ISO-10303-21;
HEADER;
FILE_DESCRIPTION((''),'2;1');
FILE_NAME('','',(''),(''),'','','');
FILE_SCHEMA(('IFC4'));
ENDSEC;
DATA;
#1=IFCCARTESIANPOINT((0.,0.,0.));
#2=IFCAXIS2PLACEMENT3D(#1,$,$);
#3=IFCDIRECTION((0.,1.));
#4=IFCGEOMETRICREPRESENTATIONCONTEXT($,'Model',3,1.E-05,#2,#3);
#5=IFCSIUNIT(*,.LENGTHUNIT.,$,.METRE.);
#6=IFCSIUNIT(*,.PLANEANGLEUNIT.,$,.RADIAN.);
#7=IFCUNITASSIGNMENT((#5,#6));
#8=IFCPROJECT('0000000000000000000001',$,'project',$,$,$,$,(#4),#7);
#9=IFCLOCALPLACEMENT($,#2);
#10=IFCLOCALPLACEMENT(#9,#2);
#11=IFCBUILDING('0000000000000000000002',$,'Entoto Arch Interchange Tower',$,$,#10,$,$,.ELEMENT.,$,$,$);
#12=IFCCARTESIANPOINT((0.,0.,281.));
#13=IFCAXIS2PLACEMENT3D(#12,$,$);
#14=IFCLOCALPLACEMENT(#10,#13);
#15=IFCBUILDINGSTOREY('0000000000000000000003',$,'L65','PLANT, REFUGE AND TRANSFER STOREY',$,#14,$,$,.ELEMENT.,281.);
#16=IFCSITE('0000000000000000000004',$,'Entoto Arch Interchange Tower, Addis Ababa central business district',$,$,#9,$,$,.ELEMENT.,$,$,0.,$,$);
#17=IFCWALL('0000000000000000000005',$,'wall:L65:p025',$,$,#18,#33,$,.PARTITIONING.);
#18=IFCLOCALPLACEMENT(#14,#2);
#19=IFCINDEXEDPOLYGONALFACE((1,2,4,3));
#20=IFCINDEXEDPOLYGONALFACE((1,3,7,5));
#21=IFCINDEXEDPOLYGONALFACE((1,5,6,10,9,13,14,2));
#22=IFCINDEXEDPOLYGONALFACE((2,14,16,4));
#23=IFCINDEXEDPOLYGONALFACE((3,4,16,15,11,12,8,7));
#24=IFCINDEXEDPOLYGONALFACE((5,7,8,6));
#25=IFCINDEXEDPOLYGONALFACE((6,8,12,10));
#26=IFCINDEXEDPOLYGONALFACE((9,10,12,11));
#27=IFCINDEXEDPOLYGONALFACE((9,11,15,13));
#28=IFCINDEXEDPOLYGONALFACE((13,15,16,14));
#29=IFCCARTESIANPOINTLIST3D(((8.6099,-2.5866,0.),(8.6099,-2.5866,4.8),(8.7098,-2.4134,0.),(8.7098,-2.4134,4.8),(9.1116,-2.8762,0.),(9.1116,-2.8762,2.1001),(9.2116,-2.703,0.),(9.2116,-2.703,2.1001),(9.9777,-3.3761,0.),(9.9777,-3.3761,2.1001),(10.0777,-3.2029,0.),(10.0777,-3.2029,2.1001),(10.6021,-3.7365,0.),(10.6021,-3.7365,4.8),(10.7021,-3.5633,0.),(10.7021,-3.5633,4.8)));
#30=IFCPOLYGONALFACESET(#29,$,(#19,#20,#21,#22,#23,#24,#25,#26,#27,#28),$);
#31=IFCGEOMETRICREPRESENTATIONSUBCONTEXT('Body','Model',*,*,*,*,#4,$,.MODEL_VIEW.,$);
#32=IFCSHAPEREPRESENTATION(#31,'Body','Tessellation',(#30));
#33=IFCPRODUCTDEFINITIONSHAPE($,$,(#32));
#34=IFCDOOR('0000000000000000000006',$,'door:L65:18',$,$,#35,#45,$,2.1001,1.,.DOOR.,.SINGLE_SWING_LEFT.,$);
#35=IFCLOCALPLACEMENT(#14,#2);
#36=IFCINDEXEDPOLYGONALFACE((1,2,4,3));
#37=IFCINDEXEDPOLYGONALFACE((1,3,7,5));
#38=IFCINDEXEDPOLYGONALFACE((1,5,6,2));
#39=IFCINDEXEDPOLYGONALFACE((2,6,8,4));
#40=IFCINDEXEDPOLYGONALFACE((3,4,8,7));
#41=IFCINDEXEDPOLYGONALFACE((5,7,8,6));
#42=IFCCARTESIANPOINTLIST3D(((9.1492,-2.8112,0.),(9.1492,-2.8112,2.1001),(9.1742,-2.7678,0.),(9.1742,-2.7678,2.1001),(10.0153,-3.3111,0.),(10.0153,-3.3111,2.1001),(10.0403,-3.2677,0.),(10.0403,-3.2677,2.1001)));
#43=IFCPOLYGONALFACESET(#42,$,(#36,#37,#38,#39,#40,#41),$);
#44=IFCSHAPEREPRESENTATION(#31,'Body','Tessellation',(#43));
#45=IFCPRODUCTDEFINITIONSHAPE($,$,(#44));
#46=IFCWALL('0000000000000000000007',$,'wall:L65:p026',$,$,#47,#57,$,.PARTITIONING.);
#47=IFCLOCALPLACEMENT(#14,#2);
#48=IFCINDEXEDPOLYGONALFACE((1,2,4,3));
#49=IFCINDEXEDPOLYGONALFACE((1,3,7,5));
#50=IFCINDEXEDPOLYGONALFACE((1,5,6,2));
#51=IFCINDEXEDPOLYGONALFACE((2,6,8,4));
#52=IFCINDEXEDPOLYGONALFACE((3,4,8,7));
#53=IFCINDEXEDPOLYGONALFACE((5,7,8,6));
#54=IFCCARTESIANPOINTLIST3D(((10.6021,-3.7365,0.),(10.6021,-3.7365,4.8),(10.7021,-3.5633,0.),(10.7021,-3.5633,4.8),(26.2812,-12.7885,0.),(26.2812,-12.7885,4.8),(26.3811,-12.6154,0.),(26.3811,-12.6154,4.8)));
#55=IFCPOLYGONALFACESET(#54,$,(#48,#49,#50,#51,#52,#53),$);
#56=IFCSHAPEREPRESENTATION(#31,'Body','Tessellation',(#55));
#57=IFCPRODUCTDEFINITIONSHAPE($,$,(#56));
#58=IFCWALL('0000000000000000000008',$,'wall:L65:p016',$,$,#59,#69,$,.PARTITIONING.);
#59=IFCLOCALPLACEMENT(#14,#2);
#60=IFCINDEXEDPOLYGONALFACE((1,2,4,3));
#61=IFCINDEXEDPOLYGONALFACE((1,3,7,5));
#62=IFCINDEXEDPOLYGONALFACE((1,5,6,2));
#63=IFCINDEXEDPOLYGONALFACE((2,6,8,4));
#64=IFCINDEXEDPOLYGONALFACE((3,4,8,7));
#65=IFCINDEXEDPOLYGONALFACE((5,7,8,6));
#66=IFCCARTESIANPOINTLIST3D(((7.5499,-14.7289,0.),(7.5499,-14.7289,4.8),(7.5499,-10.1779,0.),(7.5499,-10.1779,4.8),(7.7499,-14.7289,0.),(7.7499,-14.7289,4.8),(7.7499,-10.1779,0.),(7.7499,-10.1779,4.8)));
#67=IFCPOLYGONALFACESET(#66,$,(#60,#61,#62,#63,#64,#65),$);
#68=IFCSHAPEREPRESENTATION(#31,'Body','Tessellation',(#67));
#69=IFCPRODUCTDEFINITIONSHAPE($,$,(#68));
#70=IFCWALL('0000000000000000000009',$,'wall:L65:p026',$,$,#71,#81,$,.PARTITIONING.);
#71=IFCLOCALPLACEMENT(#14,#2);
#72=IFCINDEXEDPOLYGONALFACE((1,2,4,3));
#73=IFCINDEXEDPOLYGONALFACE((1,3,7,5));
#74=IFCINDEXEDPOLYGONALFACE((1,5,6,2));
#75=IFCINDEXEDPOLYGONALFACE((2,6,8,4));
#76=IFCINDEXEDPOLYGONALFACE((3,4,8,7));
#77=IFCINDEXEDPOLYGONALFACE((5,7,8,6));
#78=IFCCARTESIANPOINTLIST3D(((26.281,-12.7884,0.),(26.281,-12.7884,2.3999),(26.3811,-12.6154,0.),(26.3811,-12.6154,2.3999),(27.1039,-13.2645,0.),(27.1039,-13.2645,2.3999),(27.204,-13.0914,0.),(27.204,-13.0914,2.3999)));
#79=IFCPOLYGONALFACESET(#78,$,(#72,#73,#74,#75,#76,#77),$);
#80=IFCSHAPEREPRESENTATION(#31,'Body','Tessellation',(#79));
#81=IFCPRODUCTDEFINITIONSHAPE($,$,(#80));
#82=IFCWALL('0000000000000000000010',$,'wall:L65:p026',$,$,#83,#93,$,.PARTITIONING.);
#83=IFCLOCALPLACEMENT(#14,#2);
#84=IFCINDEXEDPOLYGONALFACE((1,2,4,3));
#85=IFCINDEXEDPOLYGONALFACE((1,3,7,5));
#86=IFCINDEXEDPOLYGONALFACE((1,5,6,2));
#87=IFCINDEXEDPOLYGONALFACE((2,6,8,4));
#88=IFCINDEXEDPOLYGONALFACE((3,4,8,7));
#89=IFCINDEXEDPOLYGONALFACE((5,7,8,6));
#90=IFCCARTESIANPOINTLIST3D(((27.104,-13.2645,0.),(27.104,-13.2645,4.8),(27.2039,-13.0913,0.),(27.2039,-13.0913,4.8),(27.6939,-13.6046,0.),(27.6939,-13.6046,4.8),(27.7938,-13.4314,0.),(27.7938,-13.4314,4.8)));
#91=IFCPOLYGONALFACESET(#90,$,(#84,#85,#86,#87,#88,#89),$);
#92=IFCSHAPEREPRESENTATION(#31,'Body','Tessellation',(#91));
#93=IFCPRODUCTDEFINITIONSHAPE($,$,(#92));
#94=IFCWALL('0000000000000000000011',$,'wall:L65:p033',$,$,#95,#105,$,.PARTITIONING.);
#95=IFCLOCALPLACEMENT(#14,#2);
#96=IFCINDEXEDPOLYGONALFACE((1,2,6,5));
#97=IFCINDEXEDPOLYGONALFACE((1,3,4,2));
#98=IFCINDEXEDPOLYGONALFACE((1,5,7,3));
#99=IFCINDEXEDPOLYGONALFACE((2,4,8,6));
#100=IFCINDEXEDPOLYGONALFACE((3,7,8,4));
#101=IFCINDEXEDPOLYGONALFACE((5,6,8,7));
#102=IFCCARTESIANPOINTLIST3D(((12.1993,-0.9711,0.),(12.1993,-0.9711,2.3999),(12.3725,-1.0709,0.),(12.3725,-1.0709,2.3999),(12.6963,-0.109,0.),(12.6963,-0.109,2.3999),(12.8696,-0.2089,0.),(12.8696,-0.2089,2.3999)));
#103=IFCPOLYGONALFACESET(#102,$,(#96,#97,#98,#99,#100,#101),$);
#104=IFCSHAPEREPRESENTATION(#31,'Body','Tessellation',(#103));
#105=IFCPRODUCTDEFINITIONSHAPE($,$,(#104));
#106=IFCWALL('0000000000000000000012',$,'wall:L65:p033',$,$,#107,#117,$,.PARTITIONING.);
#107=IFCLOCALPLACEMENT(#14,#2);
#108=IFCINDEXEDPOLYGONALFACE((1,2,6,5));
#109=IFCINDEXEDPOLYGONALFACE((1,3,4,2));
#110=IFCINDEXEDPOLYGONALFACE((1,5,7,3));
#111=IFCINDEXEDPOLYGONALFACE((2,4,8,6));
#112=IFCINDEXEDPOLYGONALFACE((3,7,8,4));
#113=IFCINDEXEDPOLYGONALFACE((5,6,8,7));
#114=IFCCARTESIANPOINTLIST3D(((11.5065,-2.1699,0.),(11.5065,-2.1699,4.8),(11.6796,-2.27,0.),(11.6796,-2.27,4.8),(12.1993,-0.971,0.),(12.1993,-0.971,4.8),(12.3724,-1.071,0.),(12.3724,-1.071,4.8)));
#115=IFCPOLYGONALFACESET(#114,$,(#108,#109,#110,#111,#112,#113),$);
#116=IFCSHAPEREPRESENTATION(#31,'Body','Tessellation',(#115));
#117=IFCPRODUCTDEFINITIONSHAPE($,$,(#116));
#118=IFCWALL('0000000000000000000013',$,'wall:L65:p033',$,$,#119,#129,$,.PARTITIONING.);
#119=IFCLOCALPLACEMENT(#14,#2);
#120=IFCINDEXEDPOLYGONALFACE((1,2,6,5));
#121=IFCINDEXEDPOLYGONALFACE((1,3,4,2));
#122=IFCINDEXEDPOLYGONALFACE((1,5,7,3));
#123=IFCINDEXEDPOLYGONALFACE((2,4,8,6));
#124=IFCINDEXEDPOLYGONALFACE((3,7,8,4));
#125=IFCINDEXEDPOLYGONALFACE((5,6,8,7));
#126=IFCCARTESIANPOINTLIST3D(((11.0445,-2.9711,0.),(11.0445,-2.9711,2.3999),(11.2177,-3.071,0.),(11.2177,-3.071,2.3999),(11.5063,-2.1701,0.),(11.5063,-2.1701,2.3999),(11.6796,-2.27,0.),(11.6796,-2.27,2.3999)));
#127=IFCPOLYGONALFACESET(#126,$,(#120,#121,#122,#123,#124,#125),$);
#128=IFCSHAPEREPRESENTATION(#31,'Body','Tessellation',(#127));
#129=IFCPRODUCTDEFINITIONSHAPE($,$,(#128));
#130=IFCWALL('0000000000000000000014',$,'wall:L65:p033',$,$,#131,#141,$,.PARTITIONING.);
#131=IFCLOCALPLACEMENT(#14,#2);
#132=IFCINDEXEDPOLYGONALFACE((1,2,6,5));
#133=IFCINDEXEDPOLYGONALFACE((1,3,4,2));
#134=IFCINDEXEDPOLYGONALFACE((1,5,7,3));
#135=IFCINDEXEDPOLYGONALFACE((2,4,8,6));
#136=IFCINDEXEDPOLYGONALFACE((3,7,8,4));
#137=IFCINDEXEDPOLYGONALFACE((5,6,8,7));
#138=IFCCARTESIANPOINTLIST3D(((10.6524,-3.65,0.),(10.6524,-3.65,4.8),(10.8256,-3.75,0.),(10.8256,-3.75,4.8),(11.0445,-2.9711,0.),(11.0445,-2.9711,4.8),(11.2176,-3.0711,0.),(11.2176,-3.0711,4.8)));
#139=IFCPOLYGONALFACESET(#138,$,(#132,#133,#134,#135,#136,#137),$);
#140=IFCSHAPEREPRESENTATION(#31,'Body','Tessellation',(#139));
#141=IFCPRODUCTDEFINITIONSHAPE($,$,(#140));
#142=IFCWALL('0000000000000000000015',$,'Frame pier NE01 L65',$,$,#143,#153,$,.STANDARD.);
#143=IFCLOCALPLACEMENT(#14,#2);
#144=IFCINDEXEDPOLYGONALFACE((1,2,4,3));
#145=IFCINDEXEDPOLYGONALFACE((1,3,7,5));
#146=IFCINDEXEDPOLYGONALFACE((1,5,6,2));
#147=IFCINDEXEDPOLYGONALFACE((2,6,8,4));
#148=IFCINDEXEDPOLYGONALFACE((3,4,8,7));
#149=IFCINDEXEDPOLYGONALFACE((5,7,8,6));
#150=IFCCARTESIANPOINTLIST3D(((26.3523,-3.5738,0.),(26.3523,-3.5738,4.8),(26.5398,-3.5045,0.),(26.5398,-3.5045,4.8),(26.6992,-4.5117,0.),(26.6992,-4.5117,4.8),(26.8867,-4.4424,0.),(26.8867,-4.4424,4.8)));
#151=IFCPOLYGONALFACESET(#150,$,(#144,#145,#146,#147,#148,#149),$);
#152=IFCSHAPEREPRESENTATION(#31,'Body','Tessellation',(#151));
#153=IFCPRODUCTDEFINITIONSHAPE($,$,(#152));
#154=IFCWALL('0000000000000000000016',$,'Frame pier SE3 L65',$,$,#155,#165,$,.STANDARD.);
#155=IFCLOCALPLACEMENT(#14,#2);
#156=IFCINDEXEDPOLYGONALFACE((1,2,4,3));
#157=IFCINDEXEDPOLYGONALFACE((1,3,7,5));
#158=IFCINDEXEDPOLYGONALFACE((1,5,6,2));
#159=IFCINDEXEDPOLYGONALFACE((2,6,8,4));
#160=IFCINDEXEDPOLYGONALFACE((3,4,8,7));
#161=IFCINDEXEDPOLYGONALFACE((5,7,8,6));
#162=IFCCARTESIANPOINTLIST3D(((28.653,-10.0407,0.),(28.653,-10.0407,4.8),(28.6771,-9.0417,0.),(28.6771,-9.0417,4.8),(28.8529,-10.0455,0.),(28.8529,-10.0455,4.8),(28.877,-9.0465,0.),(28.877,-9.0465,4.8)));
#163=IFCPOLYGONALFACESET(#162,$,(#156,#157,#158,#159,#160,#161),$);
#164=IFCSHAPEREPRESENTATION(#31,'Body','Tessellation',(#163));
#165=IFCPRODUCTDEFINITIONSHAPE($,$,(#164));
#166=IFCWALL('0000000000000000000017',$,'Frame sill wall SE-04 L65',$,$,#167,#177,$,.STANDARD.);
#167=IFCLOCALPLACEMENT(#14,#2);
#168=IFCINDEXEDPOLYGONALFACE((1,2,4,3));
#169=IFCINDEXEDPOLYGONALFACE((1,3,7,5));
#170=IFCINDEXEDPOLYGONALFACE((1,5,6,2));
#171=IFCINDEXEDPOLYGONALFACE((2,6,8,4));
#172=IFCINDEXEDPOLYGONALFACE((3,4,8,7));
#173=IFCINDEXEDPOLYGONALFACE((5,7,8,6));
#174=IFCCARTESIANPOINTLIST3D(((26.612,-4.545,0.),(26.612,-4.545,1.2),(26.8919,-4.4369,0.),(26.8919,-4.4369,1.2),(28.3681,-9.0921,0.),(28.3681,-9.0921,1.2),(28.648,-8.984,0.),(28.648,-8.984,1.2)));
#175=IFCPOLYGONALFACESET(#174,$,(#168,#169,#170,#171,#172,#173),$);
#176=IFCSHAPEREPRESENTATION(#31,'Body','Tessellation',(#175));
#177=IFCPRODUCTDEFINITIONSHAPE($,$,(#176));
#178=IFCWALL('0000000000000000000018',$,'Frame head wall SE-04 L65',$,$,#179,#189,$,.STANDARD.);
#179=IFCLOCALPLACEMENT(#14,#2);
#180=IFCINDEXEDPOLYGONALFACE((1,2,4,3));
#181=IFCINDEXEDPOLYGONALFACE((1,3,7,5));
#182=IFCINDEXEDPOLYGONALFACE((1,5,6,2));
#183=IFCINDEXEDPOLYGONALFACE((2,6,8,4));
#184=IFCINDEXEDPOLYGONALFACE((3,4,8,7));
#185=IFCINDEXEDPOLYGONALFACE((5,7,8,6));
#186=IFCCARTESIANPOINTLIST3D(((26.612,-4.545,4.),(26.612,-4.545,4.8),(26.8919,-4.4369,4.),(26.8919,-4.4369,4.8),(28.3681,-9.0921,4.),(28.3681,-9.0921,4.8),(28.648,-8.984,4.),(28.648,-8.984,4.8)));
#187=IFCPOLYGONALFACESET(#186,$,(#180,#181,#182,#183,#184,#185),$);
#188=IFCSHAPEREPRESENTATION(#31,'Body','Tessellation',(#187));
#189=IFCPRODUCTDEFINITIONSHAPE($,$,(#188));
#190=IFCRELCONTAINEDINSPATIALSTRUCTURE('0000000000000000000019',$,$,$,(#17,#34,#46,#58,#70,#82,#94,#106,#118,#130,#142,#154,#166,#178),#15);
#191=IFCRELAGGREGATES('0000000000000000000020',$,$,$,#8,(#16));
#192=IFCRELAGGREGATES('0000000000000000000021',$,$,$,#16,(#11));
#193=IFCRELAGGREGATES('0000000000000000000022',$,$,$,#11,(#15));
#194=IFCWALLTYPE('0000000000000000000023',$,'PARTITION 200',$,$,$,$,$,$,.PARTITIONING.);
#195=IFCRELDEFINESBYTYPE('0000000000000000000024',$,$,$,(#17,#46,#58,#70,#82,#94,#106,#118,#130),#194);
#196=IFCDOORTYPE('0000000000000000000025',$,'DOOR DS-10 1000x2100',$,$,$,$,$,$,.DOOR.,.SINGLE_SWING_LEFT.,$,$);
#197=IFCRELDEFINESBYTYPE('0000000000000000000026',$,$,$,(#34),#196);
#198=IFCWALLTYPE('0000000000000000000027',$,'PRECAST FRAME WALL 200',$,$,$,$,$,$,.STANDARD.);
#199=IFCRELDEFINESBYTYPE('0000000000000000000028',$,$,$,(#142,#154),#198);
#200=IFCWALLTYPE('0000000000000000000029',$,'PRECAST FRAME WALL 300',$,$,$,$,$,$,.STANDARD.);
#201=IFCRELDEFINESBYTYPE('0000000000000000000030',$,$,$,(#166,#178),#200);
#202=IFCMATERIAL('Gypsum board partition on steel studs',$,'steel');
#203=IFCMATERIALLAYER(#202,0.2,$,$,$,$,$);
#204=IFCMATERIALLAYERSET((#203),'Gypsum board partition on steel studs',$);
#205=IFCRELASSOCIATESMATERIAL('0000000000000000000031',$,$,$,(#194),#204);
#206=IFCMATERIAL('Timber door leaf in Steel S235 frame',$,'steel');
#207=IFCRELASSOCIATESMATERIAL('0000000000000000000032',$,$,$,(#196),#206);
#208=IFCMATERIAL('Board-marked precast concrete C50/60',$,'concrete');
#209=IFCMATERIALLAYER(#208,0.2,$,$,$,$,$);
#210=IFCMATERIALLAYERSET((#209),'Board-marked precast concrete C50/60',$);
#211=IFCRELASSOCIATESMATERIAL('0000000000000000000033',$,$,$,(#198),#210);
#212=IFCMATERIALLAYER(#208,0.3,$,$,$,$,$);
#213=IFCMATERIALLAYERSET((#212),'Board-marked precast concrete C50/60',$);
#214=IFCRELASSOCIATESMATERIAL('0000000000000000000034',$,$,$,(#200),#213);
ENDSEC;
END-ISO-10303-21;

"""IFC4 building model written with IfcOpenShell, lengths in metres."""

from ifc_helpers import new_model, si_unit, direction, frame, frame_2d, origin, place, context, subcontext, project, spatial, rectangle, extrude, material, layer, layer_set, type_object, element, fill, save


model = new_model("IFC4")

# Units and contexts
model_context = context("Model", 3, precision=1e-05, world=origin(), true_north=direction((0.0, 1.0)))
body_context = subcontext(model_context, "Body", "Model", "MODEL_VIEW")
ifc_project = project(units=[si_unit("LENGTHUNIT", "METRE"), si_unit("PLANEANGLEUNIT", "RADIAN")], contexts=[model_context])

# Site, building, storey
site_placement = place(None, origin())
site = spatial("IfcSite", under=ifc_project, at=site_placement, Name="Entoto Arch Interchange Tower, Addis Ababa central business district", CompositionType="ELEMENT", RefElevation=0.0)
building_placement = place(site_placement, origin())
building = spatial("IfcBuilding", under=site, at=building_placement, Name="Entoto Arch Interchange Tower", CompositionType="ELEMENT")
storey_placement = place(building_placement, frame((0.0, 0.0, 281.0)))
storey = spatial("IfcBuildingStorey", under=building, at=storey_placement, Name="L65", Description="PLANT, REFUGE AND TRANSFER STOREY", CompositionType="ELEMENT", Elevation=281.0)

# Shared definitions
ifc_material_1 = material(Name="Gypsum board partition on steel studs", Category="steel")
ifc_layer_1 = layer(ifc_material_1, 0.2)
ifc_layer_set_1 = layer_set([ifc_layer_1], Name="Gypsum board partition on steel studs")
wall_type_1 = type_object("IfcWallType", Name="PARTITION 200", PredefinedType="PARTITIONING", material=ifc_layer_set_1)

# Shared definitions
ifc_material_2 = material(Name="Timber door leaf in Steel S235 frame", Category="steel")
door_type_1 = type_object("IfcDoorType", Name="DOOR DS-10 1000x2100", OperationType="SINGLE_SWING_LEFT", PredefinedType="DOOR", material=ifc_material_2)

# Wall, opening, door
wall_1_placement = place(storey_placement, frame((10.6521, -3.6499, 0.0), z_axis=(0.0, 0.0, 1.0), x_axis=(-0.86608, 0.499906, 0.0)))
wall_1 = element("IfcWall", 1, at=wall_1_placement, inside=storey, type_object=wall_type_1, Name="wall:L65:p025", PredefinedType="PARTITIONING", context=body_context, shape_type="SweptSolid", body=[
    extrude(rectangle(XDim=2.3003, YDim=0.2, at=frame_2d((1.1501, 0.0))), origin(), (0.0, 0.0, 1.0), 4.8),
])
opening_1_placement = place(wall_1_placement, frame((0.7209, 0.0, 0.0)))
opening_1 = element("IfcOpeningElement", 2, at=opening_1_placement, cuts=wall_1, PredefinedType="OPENING", context=body_context, shape_type="SweptSolid", body=[
    extrude(rectangle(XDim=1.0, YDim=2.1001, at=frame_2d((0.5, 1.05))), frame((0.0, 0.1099, 0.0), z_axis=(0.0, -1.0, 0.0), x_axis=(1.0, 0.0, 0.0)), (0.0, 0.0, 1.0), 0.22),
])
door_1_placement = place(opening_1_placement, origin())
door_1 = element("IfcDoor", 3, at=door_1_placement, inside=storey, type_object=door_type_1, Name="door:L65:18", OperationType="SINGLE_SWING_LEFT", OverallHeight=2.1001, OverallWidth=1.0, PredefinedType="DOOR", context=body_context, shape_type="SweptSolid", body=[
    extrude(rectangle(XDim=1.0, YDim=2.1001, at=frame_2d((0.5, 1.05))), frame((0.0, 0.0249, 0.0), z_axis=(0.0, -1.0, 0.0), x_axis=(1.0, 0.0, 0.0)), (0.0, 0.0, 1.0), 0.05),
])
fill(opening_1, door_1)

# Walls
wall_2_placement = place(storey_placement, frame((10.6521, -3.6499, 0.0), z_axis=(0.0, 0.0, 1.0), x_axis=(0.866031, -0.49999, 0.0)))
element("IfcWall", 4, at=wall_2_placement, inside=storey, type_object=wall_type_1, Name="wall:L65:p026", PredefinedType="PARTITIONING", context=body_context, shape_type="SweptSolid", body=[
    extrude(rectangle(XDim=18.1045, YDim=0.2, at=frame_2d((9.0522, 0.0))), origin(), (0.0, 0.0, 1.0), 4.8),
])
wall_3_placement = place(storey_placement, frame((7.6499, -10.178, 0.0), z_axis=(0.0, 0.0, 1.0), x_axis=(0.0, -1.0, 0.0)))
element("IfcWall", 5, at=wall_3_placement, inside=storey, type_object=wall_type_1, Name="wall:L65:p016", PredefinedType="PARTITIONING", context=body_context, shape_type="SweptSolid", body=[
    extrude(rectangle(XDim=4.551, YDim=0.2, at=frame_2d((2.2754, 0.0))), origin(), (0.0, 0.0, 1.0), 4.8),
])
wall_4_placement = place(storey_placement, frame((26.3311, -12.7019, 0.0), z_axis=(0.0, 0.0, 1.0), x_axis=(0.865608, -0.500722, 0.0)))
element("IfcWall", 6, at=wall_4_placement, inside=storey, type_object=wall_type_1, Name="wall:L65:p026", PredefinedType="PARTITIONING", context=body_context, shape_type="SweptSolid", body=[
    extrude(rectangle(XDim=0.9507, YDim=0.2, at=frame_2d((0.4753, 0.0))), origin(), (0.0, 0.0, 1.0), 2.3999),
])
wall_5_placement = place(storey_placement, frame((27.1541, -13.178, 0.0), z_axis=(0.0, 0.0, 1.0), x_axis=(0.866317, -0.499495, 0.0)))
element("IfcWall", 7, at=wall_5_placement, inside=storey, type_object=wall_type_1, Name="wall:L65:p026", PredefinedType="PARTITIONING", context=body_context, shape_type="SweptSolid", body=[
    extrude(rectangle(XDim=0.6809, YDim=0.2, at=frame_2d((0.3403, 0.0))), origin(), (0.0, 0.0, 1.0), 4.8),
])
wall_6_placement = place(storey_placement, frame((12.783, -0.1589, 0.0), z_axis=(0.0, 0.0, 1.0), x_axis=(-0.499517, -0.866304, 0.0)))
element("IfcWall", 8, at=wall_6_placement, inside=storey, type_object=wall_type_1, Name="wall:L65:p033", PredefinedType="PARTITIONING", context=body_context, shape_type="SweptSolid", body=[
    extrude(rectangle(XDim=0.9951, YDim=0.2, at=frame_2d((0.4976, 0.0))), origin(), (0.0, 0.0, 1.0), 2.3999),
])
wall_7_placement = place(storey_placement, frame((12.2859, -1.021, 0.0), z_axis=(0.0, 0.0, 1.0), x_axis=(-0.500348, -0.865824, 0.0)))
element("IfcWall", 9, at=wall_7_placement, inside=storey, type_object=wall_type_1, Name="wall:L65:p033", PredefinedType="PARTITIONING", context=body_context, shape_type="SweptSolid", body=[
    extrude(rectangle(XDim=1.3848, YDim=0.2, at=frame_2d((0.6924, 0.0))), origin(), (0.0, 0.0, 1.0), 4.8),
])
wall_8_placement = place(storey_placement, frame((11.593, -2.22, 0.0), z_axis=(0.0, 0.0, 1.0), x_axis=(-0.499547, -0.866287, 0.0)))
element("IfcWall", 10, at=wall_8_placement, inside=storey, type_object=wall_type_1, Name="wall:L65:p033", PredefinedType="PARTITIONING", context=body_context, shape_type="SweptSolid", body=[
    extrude(rectangle(XDim=0.9246, YDim=0.2, at=frame_2d((0.4624, 0.0))), origin(), (0.0, 0.0, 1.0), 2.3999),
])
wall_9_placement = place(storey_placement, frame((11.1311, -3.021, 0.0), z_axis=(0.0, 0.0, 1.0), x_axis=(-0.500091, -0.865973, 0.0)))
element("IfcWall", 11, at=wall_9_placement, inside=storey, type_object=wall_type_1, Name="wall:L65:p033", PredefinedType="PARTITIONING", context=body_context, shape_type="SweptSolid", body=[
    extrude(rectangle(XDim=0.7839, YDim=0.2, at=frame_2d((0.3921, 0.0))), origin(), (0.0, 0.0, 1.0), 4.8),
])
ifc_material_3 = material(Name="Board-marked precast concrete C50/60", Category="concrete")
ifc_layer_2 = layer(ifc_material_3, 0.2)
ifc_layer_set_2 = layer_set([ifc_layer_2], Name="Board-marked precast concrete C50/60")
wall_type_2 = type_object("IfcWallType", Name="PRECAST FRAME WALL 200", PredefinedType="STANDARD", material=ifc_layer_set_2)
wall_10_placement = place(storey_placement, frame((26.793, -4.4771, 0.0), z_axis=(0.0, 0.0, 1.0), x_axis=(-0.346893, 0.937905, 0.0)))
element("IfcWall", 12, at=wall_10_placement, inside=storey, type_object=wall_type_2, Name="Frame pier NE01 L65", PredefinedType="STANDARD", context=body_context, shape_type="SweptSolid", body=[
    extrude(rectangle(XDim=1.0, YDim=0.2, at=frame_2d((0.5, 0.0))), origin(), (0.0, 0.0, 1.0), 4.8),
])
wall_11_placement = place(storey_placement, frame((28.7529, -10.043, 0.0), z_axis=(0.0, 0.0, 1.0), x_axis=(0.024186, 0.999707, 0.0)))
element("IfcWall", 13, at=wall_11_placement, inside=storey, type_object=wall_type_2, Name="Frame pier SE3 L65", PredefinedType="STANDARD", context=body_context, shape_type="SweptSolid", body=[
    extrude(rectangle(XDim=0.9993, YDim=0.2, at=frame_2d((0.4995, 0.0))), origin(), (0.0, 0.0, 1.0), 4.8),
])
ifc_layer_3 = layer(ifc_material_3, 0.3)
ifc_layer_set_3 = layer_set([ifc_layer_3], Name="Board-marked precast concrete C50/60")
wall_type_3 = type_object("IfcWallType", Name="PRECAST FRAME WALL 300", PredefinedType="STANDARD", material=ifc_layer_set_3)
wall_12_placement = place(storey_placement, frame((28.5081, -9.0381, 0.0), z_axis=(0.0, 0.0, 1.0), x_axis=(-0.360268, 0.932849, 0.0)))
element("IfcWall", 14, at=wall_12_placement, inside=storey, type_object=wall_type_3, Name="Frame sill wall SE-04 L65", PredefinedType="STANDARD", context=body_context, shape_type="SweptSolid", body=[
    extrude(rectangle(XDim=4.8745, YDim=0.3, at=frame_2d((2.4373, 0.0))), origin(), (0.0, 0.0, 1.0), 1.2),
])
wall_13_placement = place(storey_placement, frame((28.5081, -9.0381, 4.0), z_axis=(0.0, 0.0, 1.0), x_axis=(-0.360268, 0.932849, 0.0)))
element("IfcWall", 15, at=wall_13_placement, inside=storey, type_object=wall_type_3, Name="Frame head wall SE-04 L65", PredefinedType="STANDARD", context=body_context, shape_type="SweptSolid", body=[
    extrude(rectangle(XDim=4.8745, YDim=0.3, at=frame_2d((2.4373, 0.0))), origin(), (0.0, 0.0, 1.0), 0.8),
])

save(model, "model.ifc")
